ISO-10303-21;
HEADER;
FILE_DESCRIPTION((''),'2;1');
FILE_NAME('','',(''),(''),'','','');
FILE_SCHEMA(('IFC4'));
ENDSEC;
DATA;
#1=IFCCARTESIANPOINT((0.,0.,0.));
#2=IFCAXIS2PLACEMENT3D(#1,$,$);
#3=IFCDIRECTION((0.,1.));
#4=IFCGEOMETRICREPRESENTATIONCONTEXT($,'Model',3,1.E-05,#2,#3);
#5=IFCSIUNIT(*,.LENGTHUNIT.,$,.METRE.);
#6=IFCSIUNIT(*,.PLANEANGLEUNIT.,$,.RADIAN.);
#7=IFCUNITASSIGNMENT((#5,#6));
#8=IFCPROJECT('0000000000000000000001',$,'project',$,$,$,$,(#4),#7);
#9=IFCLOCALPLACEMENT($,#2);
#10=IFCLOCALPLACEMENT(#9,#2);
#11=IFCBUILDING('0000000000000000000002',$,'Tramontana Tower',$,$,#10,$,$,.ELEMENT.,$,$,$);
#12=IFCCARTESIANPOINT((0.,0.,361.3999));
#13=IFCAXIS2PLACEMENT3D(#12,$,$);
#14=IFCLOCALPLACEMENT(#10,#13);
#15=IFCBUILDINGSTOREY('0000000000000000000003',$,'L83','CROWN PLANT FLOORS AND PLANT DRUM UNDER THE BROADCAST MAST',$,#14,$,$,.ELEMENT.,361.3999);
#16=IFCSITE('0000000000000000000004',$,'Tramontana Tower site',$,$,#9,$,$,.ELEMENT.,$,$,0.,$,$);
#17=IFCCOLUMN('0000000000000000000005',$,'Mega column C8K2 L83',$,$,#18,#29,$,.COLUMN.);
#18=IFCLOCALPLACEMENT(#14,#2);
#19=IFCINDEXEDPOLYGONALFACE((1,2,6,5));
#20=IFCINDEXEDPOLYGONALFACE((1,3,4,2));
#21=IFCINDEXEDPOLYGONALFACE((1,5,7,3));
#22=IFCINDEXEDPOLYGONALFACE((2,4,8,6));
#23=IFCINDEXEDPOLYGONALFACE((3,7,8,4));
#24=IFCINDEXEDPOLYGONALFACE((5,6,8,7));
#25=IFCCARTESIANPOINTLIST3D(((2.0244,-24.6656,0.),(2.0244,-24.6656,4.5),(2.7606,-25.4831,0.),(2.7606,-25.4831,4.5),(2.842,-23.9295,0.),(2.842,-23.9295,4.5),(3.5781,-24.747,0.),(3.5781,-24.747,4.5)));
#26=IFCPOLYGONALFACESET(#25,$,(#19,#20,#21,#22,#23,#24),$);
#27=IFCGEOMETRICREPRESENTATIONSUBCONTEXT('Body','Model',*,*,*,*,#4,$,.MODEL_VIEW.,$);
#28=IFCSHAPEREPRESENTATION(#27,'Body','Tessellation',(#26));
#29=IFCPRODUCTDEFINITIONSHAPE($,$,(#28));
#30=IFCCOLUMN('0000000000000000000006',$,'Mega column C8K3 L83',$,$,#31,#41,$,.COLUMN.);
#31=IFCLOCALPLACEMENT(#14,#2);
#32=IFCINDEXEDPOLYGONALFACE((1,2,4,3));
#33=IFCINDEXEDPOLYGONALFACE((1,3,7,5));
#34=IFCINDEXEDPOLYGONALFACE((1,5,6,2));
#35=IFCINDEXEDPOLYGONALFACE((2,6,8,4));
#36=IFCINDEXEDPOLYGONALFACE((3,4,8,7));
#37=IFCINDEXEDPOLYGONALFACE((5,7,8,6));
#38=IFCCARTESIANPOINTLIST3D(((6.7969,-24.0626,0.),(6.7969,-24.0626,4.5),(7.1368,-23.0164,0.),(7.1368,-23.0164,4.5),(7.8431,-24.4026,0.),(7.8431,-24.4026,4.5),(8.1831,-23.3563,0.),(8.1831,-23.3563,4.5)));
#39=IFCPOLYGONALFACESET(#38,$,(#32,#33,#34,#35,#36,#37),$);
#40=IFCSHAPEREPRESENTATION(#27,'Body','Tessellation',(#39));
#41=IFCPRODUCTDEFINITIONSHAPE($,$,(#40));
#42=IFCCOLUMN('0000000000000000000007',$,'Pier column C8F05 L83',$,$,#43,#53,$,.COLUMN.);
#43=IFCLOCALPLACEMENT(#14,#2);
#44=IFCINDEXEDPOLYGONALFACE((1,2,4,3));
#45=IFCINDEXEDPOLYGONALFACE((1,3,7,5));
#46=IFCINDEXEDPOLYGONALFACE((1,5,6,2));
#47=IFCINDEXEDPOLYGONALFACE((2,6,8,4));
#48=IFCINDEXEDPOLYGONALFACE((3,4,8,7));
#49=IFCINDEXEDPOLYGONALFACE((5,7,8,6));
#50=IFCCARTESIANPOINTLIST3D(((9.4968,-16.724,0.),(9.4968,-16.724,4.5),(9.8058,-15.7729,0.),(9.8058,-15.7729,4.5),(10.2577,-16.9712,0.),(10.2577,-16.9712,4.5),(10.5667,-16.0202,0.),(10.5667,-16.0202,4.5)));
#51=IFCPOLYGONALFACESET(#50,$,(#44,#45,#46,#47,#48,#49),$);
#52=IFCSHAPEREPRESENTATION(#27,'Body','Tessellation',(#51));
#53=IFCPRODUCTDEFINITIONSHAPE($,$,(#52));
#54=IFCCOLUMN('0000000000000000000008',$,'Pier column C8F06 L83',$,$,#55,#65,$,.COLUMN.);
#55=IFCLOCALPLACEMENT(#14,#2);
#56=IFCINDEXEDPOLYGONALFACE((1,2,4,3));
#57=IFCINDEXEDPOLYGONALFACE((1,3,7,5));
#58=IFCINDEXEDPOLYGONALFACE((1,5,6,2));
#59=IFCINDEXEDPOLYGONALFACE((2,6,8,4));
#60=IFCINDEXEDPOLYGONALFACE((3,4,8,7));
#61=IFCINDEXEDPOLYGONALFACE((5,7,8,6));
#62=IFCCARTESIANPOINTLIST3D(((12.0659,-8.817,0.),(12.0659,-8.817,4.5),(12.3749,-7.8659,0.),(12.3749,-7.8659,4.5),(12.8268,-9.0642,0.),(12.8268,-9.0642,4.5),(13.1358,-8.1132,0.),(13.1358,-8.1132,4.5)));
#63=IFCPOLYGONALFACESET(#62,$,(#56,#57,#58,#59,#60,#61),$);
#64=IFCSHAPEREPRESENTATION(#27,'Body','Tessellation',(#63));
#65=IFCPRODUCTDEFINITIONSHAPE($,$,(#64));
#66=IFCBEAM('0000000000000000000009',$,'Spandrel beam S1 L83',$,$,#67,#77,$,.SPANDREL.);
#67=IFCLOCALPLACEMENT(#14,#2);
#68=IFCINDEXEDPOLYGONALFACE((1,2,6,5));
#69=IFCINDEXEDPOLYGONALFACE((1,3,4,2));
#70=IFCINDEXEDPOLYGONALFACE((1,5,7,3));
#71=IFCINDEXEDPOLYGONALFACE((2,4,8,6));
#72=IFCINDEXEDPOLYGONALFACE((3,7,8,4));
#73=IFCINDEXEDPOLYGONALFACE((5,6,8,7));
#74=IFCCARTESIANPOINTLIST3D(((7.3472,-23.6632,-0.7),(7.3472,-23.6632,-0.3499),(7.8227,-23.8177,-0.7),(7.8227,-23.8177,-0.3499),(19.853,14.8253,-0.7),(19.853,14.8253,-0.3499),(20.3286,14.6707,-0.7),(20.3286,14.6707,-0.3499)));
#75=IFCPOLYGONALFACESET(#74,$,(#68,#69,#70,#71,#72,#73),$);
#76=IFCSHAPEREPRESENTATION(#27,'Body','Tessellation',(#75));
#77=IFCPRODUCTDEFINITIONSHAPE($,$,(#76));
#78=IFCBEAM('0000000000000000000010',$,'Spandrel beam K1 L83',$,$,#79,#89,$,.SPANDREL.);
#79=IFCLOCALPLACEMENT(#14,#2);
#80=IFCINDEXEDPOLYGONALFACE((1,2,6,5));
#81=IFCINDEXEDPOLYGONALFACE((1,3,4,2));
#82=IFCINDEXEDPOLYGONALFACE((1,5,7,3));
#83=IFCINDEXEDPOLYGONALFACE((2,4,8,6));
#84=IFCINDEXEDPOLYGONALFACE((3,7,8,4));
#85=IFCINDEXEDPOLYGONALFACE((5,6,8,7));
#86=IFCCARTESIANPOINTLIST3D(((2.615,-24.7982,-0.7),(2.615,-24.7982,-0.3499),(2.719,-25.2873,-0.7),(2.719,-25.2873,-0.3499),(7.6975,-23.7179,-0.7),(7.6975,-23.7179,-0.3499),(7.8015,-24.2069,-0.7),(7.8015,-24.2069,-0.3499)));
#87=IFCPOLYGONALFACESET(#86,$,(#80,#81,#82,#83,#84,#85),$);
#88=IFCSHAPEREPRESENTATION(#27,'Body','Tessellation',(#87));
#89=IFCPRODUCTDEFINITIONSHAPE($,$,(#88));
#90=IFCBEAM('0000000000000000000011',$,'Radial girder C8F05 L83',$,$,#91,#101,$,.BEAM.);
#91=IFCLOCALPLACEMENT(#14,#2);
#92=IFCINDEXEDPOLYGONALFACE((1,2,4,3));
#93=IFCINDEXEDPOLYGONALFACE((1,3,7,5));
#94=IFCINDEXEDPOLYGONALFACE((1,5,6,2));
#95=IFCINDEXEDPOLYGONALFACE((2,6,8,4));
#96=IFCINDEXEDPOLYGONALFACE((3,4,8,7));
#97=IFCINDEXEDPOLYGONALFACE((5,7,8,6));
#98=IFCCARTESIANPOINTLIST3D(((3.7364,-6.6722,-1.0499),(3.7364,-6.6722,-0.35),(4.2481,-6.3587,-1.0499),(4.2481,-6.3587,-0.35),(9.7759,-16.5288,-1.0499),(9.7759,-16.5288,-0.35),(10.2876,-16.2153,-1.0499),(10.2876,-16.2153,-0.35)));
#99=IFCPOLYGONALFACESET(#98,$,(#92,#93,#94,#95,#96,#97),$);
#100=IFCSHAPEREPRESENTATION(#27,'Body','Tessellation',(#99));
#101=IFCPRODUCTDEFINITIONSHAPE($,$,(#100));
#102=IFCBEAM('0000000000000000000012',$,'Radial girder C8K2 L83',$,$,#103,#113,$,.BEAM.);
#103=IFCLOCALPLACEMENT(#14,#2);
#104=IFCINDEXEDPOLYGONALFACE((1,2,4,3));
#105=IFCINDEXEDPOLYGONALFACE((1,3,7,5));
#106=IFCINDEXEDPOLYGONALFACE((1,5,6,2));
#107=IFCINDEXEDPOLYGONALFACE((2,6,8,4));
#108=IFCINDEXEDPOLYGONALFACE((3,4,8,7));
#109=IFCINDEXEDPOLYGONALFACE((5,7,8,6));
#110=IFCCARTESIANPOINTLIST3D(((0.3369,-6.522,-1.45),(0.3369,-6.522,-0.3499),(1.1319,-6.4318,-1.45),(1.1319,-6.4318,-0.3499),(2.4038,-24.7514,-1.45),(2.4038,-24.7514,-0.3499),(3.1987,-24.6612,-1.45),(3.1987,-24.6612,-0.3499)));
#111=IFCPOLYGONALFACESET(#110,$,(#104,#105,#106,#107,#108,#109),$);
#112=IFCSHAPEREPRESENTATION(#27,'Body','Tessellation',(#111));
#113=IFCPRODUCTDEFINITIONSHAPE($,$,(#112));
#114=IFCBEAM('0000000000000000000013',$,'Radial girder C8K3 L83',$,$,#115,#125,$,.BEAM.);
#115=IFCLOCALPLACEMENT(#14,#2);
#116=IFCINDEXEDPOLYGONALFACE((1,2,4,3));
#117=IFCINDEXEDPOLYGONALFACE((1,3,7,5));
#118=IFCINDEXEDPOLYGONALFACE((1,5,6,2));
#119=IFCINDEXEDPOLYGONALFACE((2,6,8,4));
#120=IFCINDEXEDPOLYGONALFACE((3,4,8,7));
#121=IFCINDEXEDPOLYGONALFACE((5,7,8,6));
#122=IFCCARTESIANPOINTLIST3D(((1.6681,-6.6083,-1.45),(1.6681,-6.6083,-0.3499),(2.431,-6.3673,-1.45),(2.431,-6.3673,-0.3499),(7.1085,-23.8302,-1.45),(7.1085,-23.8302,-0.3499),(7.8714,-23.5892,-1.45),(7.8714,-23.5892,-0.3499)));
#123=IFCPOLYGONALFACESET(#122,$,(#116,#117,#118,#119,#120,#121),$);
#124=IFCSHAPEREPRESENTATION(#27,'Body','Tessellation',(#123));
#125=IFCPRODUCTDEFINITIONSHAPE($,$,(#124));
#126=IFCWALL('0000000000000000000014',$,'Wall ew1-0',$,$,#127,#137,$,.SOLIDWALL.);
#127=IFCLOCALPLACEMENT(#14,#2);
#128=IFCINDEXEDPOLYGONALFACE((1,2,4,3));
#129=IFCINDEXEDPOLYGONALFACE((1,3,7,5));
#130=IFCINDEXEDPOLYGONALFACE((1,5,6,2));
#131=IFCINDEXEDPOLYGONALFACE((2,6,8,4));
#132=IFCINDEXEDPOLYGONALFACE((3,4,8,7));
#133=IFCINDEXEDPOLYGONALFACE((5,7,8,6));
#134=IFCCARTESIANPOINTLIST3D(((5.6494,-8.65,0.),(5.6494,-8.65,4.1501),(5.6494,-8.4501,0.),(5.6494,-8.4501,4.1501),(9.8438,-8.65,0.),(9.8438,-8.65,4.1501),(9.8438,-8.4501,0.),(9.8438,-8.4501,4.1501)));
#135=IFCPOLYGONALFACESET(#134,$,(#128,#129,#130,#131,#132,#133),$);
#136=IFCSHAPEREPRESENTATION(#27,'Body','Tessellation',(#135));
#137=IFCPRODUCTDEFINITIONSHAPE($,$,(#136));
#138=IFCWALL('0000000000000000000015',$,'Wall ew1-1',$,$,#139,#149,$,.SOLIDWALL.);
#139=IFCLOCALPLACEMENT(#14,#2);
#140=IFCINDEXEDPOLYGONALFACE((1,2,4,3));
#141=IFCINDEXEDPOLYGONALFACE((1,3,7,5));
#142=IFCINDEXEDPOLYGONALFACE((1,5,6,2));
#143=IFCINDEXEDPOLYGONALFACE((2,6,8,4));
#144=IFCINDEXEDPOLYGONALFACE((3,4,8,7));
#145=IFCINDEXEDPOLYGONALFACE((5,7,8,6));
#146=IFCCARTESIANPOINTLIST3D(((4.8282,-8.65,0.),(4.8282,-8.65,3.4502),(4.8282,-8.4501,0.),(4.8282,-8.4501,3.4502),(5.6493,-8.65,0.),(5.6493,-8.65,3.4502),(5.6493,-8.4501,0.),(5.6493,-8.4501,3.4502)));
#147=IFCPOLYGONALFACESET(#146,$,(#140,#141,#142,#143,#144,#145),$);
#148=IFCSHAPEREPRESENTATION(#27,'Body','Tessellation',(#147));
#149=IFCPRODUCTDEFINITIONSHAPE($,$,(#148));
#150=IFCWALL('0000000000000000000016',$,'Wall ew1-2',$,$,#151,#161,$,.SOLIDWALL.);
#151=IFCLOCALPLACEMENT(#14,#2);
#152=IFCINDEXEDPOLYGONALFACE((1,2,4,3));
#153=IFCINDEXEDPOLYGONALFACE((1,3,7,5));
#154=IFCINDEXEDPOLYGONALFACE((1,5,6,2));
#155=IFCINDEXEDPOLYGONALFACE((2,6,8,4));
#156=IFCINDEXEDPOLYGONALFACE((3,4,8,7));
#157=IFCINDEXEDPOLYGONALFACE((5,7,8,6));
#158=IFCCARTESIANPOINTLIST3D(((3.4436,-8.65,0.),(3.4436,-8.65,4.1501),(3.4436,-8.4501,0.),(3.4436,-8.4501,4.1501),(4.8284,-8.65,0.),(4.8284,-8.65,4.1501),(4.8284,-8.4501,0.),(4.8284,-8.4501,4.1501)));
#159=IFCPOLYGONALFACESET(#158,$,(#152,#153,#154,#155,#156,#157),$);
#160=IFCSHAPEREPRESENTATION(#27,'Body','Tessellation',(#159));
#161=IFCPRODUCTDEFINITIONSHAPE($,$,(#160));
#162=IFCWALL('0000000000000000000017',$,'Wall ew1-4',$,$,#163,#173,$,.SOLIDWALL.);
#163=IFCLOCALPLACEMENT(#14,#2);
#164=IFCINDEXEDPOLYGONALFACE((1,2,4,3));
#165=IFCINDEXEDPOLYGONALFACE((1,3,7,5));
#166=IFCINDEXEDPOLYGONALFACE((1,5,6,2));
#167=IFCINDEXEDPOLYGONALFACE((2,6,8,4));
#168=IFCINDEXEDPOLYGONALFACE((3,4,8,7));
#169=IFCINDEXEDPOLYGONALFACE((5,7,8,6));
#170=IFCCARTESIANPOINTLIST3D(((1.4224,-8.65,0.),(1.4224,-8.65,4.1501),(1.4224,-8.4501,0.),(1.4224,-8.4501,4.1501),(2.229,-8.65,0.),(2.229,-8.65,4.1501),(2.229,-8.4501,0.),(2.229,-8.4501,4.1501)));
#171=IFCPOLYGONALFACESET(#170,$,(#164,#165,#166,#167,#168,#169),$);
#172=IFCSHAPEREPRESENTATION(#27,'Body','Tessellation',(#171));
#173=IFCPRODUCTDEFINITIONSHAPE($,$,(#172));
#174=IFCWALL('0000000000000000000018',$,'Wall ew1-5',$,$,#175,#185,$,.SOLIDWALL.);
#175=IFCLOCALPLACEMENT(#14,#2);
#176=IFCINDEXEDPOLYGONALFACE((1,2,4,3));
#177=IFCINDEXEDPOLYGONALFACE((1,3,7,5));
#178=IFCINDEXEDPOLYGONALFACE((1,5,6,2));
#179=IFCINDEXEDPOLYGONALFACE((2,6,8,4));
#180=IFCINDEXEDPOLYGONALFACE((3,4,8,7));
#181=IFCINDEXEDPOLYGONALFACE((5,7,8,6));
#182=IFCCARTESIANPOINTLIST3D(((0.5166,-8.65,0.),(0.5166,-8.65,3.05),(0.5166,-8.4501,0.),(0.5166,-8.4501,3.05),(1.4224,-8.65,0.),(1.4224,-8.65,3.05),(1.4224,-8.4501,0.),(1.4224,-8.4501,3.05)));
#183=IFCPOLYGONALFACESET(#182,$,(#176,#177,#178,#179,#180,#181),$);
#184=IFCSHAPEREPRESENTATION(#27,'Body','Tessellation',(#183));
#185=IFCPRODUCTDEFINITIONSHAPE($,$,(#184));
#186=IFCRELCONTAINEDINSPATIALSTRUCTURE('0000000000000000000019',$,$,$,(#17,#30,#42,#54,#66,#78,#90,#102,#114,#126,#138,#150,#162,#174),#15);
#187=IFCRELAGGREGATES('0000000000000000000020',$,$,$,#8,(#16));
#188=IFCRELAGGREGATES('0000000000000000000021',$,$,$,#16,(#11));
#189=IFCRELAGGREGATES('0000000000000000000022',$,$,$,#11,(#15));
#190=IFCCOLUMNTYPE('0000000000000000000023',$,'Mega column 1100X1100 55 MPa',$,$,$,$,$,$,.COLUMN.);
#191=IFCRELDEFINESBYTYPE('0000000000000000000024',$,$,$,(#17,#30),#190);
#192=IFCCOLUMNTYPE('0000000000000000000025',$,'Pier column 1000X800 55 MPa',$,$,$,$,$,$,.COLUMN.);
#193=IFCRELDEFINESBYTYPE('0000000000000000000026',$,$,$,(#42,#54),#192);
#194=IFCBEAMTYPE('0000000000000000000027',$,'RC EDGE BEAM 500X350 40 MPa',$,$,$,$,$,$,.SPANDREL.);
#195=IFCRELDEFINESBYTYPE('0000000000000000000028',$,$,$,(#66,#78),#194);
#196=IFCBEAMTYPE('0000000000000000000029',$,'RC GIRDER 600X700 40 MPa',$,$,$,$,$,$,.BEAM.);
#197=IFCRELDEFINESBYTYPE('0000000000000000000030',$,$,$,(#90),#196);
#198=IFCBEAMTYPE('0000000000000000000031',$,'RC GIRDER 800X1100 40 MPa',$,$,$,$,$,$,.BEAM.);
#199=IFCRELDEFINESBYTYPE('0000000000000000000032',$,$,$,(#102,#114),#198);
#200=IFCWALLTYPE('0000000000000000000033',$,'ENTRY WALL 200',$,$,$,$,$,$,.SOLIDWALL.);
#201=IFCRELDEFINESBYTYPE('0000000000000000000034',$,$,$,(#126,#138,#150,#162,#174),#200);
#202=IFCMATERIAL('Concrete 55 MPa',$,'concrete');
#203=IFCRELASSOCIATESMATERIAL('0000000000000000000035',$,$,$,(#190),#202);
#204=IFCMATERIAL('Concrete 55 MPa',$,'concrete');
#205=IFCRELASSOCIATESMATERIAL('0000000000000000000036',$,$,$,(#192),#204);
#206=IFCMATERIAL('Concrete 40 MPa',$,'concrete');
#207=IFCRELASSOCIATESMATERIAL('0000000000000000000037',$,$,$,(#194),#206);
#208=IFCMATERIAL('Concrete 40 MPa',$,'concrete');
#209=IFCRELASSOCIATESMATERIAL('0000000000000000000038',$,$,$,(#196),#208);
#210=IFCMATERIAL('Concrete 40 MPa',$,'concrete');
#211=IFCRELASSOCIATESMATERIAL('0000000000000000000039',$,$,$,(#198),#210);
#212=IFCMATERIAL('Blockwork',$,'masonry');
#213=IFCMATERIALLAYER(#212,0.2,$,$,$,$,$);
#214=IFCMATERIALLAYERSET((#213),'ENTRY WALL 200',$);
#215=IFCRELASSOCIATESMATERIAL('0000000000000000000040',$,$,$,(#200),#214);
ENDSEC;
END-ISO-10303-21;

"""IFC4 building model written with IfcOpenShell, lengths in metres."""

from ifc_helpers import new_model, si_unit, direction, frame, frame_2d, origin, origin_2d, place, context, subcontext, project, spatial, rectangle, extrude, material, layer, layer_set, material_profile, profile_set, type_object, element, save


model = new_model("IFC4")

# Units and contexts
model_context = context("Model", 3, precision=1e-05, world=origin(), true_north=direction((0.0, 1.0)))
body_context = subcontext(model_context, "Body", "Model", "MODEL_VIEW")
ifc_project = project(units=[si_unit("LENGTHUNIT", "METRE"), si_unit("PLANEANGLEUNIT", "RADIAN")], contexts=[model_context])

# Site, building, storey
site_placement = place(None, origin())
site = spatial("IfcSite", under=ifc_project, at=site_placement, Name="Tramontana Tower site", CompositionType="ELEMENT", RefElevation=0.0)
building_placement = place(site_placement, origin())
building = spatial("IfcBuilding", under=site, at=building_placement, Name="Tramontana Tower", CompositionType="ELEMENT")
storey_placement = place(building_placement, frame((0.0, 0.0, 361.3999)))
storey = spatial("IfcBuildingStorey", under=building, at=storey_placement, Name="L83", Description="CROWN PLANT FLOORS AND PLANT DRUM UNDER THE BROADCAST MAST", CompositionType="ELEMENT", Elevation=361.3999)

# Columns
ifc_material_1 = material(Name="Concrete 55 MPa", Category="concrete")
ifc_material_profile_1 = material_profile(ifc_material_1, rectangle(XDim=1.1001, YDim=1.1001, at=origin_2d()), Name="Mega column 1100X1100 55 MPa")
ifc_profile_set_1 = profile_set([ifc_material_profile_1], Name="Concrete 55 MPa")
column_type_1 = type_object("IfcColumnType", Name="Mega column 1100X1100 55 MPa", PredefinedType="COLUMN", material=ifc_profile_set_1)
for number, where, z_axis, x_axis, name in (
    (1, (2.8013, -24.7063, 0.0), (0.0, 0.0, 1.0), (0.669131, -0.743145, 0.0), "Mega column C8K2 L83"),
    (2, (7.49, -23.7095, 0.0), (0.0, 0.0, 1.0), (0.309017, 0.951057, 0.0), "Mega column C8K3 L83"),
):
    element("IfcColumn", number, at=place(storey_placement, frame(where, z_axis=z_axis, x_axis=x_axis)), inside=storey, type_object=column_type_1, Name=name, PredefinedType="COLUMN", context=body_context, shape_type="SweptSolid", body=[
        extrude(rectangle(XDim=1.1001, YDim=1.1001, at=origin_2d()), origin(), (0.0, 0.0, 1.0), 4.5),
    ])
ifc_material_2 = material(Name="Concrete 55 MPa", Category="concrete")
ifc_material_profile_2 = material_profile(ifc_material_2, rectangle(XDim=1.0, YDim=0.8, at=origin_2d()), Name="Pier column 1000X800 55 MPa")
ifc_profile_set_2 = profile_set([ifc_material_profile_2], Name="Concrete 55 MPa")
column_type_2 = type_object("IfcColumnType", Name="Pier column 1000X800 55 MPa", PredefinedType="COLUMN", material=ifc_profile_set_2)
for number, where, z_axis, x_axis, name in (
    (3, (10.0317, -16.3721, 0.0), (0.0, 0.0, 1.0), (0.309017, 0.951057, 0.0), "Pier column C8F05 L83"),
    (4, (12.6008, -8.4651, 0.0), (0.0, 0.0, 1.0), (0.309017, 0.951057, 0.0), "Pier column C8F06 L83"),
):
    element("IfcColumn", number, at=place(storey_placement, frame(where, z_axis=z_axis, x_axis=x_axis)), inside=storey, type_object=column_type_2, Name=name, PredefinedType="COLUMN", context=body_context, shape_type="SweptSolid", body=[
        extrude(rectangle(XDim=1.0, YDim=0.8, at=origin_2d()), origin(), (0.0, 0.0, 1.0), 4.5),
    ])

# Beams
ifc_material_3 = material(Name="Concrete 40 MPa", Category="concrete")
ifc_material_profile_3 = material_profile(ifc_material_3, rectangle(XDim=0.5, YDim=0.3501, at=origin_2d()), Name="RC EDGE BEAM 500X350 40 MPa")
ifc_profile_set_3 = profile_set([ifc_material_profile_3], Name="Concrete 40 MPa")
beam_type_1 = type_object("IfcBeamType", Name="RC EDGE BEAM 500X350 40 MPa", PredefinedType="SPANDREL", material=ifc_profile_set_3)
beam_1_placement = place(storey_placement, frame((7.585, -23.7405, -0.5249), z_axis=(0.309021, 0.951055, 0.0), x_axis=(-0.951055, 0.309021, 0.0)))
element("IfcBeam", 5, at=beam_1_placement, inside=storey, type_object=beam_type_1, Name="Spandrel beam S1 L83", PredefinedType="SPANDREL", context=body_context, shape_type="SweptSolid", body=[
    extrude(rectangle(XDim=0.5, YDim=0.3501, at=origin_2d()), origin(), (0.0, 0.0, 1.0), 40.4692),
])
beam_2_placement = place(storey_placement, frame((2.667, -25.0427, -0.5249), z_axis=(0.978148, 0.207912, 0.0), x_axis=(-0.207912, 0.978148, 0.0)))
element("IfcBeam", 6, at=beam_2_placement, inside=storey, type_object=beam_type_1, Name="Spandrel beam K1 L83", PredefinedType="SPANDREL", context=body_context, shape_type="SweptSolid", body=[
    extrude(rectangle(XDim=0.5, YDim=0.3501, at=origin_2d()), origin(), (0.0, 0.0, 1.0), 5.196),
])
ifc_material_4 = material(Name="Concrete 40 MPa", Category="concrete")
ifc_material_profile_4 = material_profile(ifc_material_4, rectangle(XDim=0.6001, YDim=0.7, at=origin_2d()), Name="RC GIRDER 600X700 40 MPa")
ifc_profile_set_4 = profile_set([ifc_material_profile_4], Name="Concrete 40 MPa")
beam_type_2 = type_object("IfcBeamType", Name="RC GIRDER 600X700 40 MPa", PredefinedType="BEAM", material=ifc_profile_set_4)
beam_3_placement = place(storey_placement, frame((10.0317, -16.3721, -0.7), z_axis=(-0.522459, 0.852665, 0.0), x_axis=(-0.852665, -0.522459, 0.0)))
element("IfcBeam", 7, at=beam_3_placement, inside=storey, type_object=beam_type_2, Name="Radial girder C8F05 L83", PredefinedType="BEAM", context=body_context, shape_type="SweptSolid", body=[
    extrude(rectangle(XDim=0.6001, YDim=0.7, at=origin_2d()), origin(), (0.0, 0.0, 1.0), 11.5598),
])
ifc_material_5 = material(Name="Concrete 40 MPa", Category="concrete")
ifc_material_profile_5 = material_profile(ifc_material_5, rectangle(XDim=0.8, YDim=1.1001, at=origin_2d()), Name="RC GIRDER 800X1100 40 MPa")
ifc_profile_set_5 = profile_set([ifc_material_profile_5], Name="Concrete 40 MPa")
beam_type_3 = type_object("IfcBeamType", Name="RC GIRDER 800X1100 40 MPa", PredefinedType="BEAM", material=ifc_profile_set_5)
beam_4_placement = place(storey_placement, frame((2.8013, -24.7063, -0.8999), z_axis=(-0.11266, 0.993634, 0.0), x_axis=(-0.993634, -0.11266, 0.0)))
element("IfcBeam", 8, at=beam_4_placement, inside=storey, type_object=beam_type_3, Name="Radial girder C8K2 L83", PredefinedType="BEAM", context=body_context, shape_type="SweptSolid", body=[
    extrude(rectangle(XDim=0.8, YDim=1.1001, at=origin_2d()), origin(), (0.0, 0.0, 1.0), 18.3462),
])
beam_5_placement = place(storey_placement, frame((7.49, -23.7097, -0.8999), z_axis=(-0.301228, 0.953552, 0.0), x_axis=(-0.953552, -0.301228, 0.0)))
element("IfcBeam", 9, at=beam_5_placement, inside=storey, type_object=beam_type_3, Name="Radial girder C8K3 L83", PredefinedType="BEAM", context=body_context, shape_type="SweptSolid", body=[
    extrude(rectangle(XDim=0.8, YDim=1.1001, at=origin_2d()), origin(), (0.0, 0.0, 1.0), 18.0608),
])

# Walls
ifc_material_6 = material(Name="Blockwork", Category="masonry")
ifc_layer_1 = layer(ifc_material_6, 0.2)
ifc_layer_set_1 = layer_set([ifc_layer_1], Name="ENTRY WALL 200")
wall_type_1 = type_object("IfcWallType", Name="ENTRY WALL 200", PredefinedType="SOLIDWALL", material=ifc_layer_set_1)
wall_1_placement = place(storey_placement, frame((9.8438, -8.55, 0.0), z_axis=(0.0, 0.0, 1.0), x_axis=(-1.0, 0.0, 0.0)))
element("IfcWall", 10, at=wall_1_placement, inside=storey, type_object=wall_type_1, Name="Wall ew1-0", PredefinedType="SOLIDWALL", context=body_context, shape_type="SweptSolid", body=[
    extrude(rectangle(XDim=4.1943, YDim=0.2, at=frame_2d((2.0972, 0.0))), origin(), (0.0, 0.0, 1.0), 4.1501),
])
wall_2_placement = place(storey_placement, frame((5.6494, -8.55, 0.0), z_axis=(0.0, 0.0, 1.0), x_axis=(-1.0, 0.0, 0.0)))
element("IfcWall", 11, at=wall_2_placement, inside=storey, type_object=wall_type_1, Name="Wall ew1-1", PredefinedType="SOLIDWALL", context=body_context, shape_type="SweptSolid", body=[
    extrude(rectangle(XDim=0.821, YDim=0.2, at=frame_2d((0.4106, 0.0))), origin(), (0.0, 0.0, 1.0), 3.4502),
])
wall_3_placement = place(storey_placement, frame((4.8284, -8.55, 0.0), z_axis=(0.0, 0.0, 1.0), x_axis=(-1.0, 0.0, 0.0)))
element("IfcWall", 12, at=wall_3_placement, inside=storey, type_object=wall_type_1, Name="Wall ew1-2", PredefinedType="SOLIDWALL", context=body_context, shape_type="SweptSolid", body=[
    extrude(rectangle(XDim=1.3848, YDim=0.2, at=frame_2d((0.6924, 0.0))), origin(), (0.0, 0.0, 1.0), 4.1501),
])

# Walls
wall_4_placement = place(storey_placement, frame((2.229, -8.55, 0.0), z_axis=(0.0, 0.0, 1.0), x_axis=(-1.0, 0.0, 0.0)))
element("IfcWall", 13, at=wall_4_placement, inside=storey, type_object=wall_type_1, Name="Wall ew1-4", PredefinedType="SOLIDWALL", context=body_context, shape_type="SweptSolid", body=[
    extrude(rectangle(XDim=0.8066, YDim=0.2, at=frame_2d((0.4033, 0.0))), origin(), (0.0, 0.0, 1.0), 4.1501),
])
wall_5_placement = place(storey_placement, frame((1.4224, -8.55, 0.0), z_axis=(0.0, 0.0, 1.0), x_axis=(-1.0, 0.0, 0.0)))
element("IfcWall", 14, at=wall_5_placement, inside=storey, type_object=wall_type_1, Name="Wall ew1-5", PredefinedType="SOLIDWALL", context=body_context, shape_type="SweptSolid", body=[
    extrude(rectangle(XDim=0.9058, YDim=0.2, at=frame_2d((0.4529, 0.0))), origin(), (0.0, 0.0, 1.0), 3.05),
])

save(model, "model.ifc")
